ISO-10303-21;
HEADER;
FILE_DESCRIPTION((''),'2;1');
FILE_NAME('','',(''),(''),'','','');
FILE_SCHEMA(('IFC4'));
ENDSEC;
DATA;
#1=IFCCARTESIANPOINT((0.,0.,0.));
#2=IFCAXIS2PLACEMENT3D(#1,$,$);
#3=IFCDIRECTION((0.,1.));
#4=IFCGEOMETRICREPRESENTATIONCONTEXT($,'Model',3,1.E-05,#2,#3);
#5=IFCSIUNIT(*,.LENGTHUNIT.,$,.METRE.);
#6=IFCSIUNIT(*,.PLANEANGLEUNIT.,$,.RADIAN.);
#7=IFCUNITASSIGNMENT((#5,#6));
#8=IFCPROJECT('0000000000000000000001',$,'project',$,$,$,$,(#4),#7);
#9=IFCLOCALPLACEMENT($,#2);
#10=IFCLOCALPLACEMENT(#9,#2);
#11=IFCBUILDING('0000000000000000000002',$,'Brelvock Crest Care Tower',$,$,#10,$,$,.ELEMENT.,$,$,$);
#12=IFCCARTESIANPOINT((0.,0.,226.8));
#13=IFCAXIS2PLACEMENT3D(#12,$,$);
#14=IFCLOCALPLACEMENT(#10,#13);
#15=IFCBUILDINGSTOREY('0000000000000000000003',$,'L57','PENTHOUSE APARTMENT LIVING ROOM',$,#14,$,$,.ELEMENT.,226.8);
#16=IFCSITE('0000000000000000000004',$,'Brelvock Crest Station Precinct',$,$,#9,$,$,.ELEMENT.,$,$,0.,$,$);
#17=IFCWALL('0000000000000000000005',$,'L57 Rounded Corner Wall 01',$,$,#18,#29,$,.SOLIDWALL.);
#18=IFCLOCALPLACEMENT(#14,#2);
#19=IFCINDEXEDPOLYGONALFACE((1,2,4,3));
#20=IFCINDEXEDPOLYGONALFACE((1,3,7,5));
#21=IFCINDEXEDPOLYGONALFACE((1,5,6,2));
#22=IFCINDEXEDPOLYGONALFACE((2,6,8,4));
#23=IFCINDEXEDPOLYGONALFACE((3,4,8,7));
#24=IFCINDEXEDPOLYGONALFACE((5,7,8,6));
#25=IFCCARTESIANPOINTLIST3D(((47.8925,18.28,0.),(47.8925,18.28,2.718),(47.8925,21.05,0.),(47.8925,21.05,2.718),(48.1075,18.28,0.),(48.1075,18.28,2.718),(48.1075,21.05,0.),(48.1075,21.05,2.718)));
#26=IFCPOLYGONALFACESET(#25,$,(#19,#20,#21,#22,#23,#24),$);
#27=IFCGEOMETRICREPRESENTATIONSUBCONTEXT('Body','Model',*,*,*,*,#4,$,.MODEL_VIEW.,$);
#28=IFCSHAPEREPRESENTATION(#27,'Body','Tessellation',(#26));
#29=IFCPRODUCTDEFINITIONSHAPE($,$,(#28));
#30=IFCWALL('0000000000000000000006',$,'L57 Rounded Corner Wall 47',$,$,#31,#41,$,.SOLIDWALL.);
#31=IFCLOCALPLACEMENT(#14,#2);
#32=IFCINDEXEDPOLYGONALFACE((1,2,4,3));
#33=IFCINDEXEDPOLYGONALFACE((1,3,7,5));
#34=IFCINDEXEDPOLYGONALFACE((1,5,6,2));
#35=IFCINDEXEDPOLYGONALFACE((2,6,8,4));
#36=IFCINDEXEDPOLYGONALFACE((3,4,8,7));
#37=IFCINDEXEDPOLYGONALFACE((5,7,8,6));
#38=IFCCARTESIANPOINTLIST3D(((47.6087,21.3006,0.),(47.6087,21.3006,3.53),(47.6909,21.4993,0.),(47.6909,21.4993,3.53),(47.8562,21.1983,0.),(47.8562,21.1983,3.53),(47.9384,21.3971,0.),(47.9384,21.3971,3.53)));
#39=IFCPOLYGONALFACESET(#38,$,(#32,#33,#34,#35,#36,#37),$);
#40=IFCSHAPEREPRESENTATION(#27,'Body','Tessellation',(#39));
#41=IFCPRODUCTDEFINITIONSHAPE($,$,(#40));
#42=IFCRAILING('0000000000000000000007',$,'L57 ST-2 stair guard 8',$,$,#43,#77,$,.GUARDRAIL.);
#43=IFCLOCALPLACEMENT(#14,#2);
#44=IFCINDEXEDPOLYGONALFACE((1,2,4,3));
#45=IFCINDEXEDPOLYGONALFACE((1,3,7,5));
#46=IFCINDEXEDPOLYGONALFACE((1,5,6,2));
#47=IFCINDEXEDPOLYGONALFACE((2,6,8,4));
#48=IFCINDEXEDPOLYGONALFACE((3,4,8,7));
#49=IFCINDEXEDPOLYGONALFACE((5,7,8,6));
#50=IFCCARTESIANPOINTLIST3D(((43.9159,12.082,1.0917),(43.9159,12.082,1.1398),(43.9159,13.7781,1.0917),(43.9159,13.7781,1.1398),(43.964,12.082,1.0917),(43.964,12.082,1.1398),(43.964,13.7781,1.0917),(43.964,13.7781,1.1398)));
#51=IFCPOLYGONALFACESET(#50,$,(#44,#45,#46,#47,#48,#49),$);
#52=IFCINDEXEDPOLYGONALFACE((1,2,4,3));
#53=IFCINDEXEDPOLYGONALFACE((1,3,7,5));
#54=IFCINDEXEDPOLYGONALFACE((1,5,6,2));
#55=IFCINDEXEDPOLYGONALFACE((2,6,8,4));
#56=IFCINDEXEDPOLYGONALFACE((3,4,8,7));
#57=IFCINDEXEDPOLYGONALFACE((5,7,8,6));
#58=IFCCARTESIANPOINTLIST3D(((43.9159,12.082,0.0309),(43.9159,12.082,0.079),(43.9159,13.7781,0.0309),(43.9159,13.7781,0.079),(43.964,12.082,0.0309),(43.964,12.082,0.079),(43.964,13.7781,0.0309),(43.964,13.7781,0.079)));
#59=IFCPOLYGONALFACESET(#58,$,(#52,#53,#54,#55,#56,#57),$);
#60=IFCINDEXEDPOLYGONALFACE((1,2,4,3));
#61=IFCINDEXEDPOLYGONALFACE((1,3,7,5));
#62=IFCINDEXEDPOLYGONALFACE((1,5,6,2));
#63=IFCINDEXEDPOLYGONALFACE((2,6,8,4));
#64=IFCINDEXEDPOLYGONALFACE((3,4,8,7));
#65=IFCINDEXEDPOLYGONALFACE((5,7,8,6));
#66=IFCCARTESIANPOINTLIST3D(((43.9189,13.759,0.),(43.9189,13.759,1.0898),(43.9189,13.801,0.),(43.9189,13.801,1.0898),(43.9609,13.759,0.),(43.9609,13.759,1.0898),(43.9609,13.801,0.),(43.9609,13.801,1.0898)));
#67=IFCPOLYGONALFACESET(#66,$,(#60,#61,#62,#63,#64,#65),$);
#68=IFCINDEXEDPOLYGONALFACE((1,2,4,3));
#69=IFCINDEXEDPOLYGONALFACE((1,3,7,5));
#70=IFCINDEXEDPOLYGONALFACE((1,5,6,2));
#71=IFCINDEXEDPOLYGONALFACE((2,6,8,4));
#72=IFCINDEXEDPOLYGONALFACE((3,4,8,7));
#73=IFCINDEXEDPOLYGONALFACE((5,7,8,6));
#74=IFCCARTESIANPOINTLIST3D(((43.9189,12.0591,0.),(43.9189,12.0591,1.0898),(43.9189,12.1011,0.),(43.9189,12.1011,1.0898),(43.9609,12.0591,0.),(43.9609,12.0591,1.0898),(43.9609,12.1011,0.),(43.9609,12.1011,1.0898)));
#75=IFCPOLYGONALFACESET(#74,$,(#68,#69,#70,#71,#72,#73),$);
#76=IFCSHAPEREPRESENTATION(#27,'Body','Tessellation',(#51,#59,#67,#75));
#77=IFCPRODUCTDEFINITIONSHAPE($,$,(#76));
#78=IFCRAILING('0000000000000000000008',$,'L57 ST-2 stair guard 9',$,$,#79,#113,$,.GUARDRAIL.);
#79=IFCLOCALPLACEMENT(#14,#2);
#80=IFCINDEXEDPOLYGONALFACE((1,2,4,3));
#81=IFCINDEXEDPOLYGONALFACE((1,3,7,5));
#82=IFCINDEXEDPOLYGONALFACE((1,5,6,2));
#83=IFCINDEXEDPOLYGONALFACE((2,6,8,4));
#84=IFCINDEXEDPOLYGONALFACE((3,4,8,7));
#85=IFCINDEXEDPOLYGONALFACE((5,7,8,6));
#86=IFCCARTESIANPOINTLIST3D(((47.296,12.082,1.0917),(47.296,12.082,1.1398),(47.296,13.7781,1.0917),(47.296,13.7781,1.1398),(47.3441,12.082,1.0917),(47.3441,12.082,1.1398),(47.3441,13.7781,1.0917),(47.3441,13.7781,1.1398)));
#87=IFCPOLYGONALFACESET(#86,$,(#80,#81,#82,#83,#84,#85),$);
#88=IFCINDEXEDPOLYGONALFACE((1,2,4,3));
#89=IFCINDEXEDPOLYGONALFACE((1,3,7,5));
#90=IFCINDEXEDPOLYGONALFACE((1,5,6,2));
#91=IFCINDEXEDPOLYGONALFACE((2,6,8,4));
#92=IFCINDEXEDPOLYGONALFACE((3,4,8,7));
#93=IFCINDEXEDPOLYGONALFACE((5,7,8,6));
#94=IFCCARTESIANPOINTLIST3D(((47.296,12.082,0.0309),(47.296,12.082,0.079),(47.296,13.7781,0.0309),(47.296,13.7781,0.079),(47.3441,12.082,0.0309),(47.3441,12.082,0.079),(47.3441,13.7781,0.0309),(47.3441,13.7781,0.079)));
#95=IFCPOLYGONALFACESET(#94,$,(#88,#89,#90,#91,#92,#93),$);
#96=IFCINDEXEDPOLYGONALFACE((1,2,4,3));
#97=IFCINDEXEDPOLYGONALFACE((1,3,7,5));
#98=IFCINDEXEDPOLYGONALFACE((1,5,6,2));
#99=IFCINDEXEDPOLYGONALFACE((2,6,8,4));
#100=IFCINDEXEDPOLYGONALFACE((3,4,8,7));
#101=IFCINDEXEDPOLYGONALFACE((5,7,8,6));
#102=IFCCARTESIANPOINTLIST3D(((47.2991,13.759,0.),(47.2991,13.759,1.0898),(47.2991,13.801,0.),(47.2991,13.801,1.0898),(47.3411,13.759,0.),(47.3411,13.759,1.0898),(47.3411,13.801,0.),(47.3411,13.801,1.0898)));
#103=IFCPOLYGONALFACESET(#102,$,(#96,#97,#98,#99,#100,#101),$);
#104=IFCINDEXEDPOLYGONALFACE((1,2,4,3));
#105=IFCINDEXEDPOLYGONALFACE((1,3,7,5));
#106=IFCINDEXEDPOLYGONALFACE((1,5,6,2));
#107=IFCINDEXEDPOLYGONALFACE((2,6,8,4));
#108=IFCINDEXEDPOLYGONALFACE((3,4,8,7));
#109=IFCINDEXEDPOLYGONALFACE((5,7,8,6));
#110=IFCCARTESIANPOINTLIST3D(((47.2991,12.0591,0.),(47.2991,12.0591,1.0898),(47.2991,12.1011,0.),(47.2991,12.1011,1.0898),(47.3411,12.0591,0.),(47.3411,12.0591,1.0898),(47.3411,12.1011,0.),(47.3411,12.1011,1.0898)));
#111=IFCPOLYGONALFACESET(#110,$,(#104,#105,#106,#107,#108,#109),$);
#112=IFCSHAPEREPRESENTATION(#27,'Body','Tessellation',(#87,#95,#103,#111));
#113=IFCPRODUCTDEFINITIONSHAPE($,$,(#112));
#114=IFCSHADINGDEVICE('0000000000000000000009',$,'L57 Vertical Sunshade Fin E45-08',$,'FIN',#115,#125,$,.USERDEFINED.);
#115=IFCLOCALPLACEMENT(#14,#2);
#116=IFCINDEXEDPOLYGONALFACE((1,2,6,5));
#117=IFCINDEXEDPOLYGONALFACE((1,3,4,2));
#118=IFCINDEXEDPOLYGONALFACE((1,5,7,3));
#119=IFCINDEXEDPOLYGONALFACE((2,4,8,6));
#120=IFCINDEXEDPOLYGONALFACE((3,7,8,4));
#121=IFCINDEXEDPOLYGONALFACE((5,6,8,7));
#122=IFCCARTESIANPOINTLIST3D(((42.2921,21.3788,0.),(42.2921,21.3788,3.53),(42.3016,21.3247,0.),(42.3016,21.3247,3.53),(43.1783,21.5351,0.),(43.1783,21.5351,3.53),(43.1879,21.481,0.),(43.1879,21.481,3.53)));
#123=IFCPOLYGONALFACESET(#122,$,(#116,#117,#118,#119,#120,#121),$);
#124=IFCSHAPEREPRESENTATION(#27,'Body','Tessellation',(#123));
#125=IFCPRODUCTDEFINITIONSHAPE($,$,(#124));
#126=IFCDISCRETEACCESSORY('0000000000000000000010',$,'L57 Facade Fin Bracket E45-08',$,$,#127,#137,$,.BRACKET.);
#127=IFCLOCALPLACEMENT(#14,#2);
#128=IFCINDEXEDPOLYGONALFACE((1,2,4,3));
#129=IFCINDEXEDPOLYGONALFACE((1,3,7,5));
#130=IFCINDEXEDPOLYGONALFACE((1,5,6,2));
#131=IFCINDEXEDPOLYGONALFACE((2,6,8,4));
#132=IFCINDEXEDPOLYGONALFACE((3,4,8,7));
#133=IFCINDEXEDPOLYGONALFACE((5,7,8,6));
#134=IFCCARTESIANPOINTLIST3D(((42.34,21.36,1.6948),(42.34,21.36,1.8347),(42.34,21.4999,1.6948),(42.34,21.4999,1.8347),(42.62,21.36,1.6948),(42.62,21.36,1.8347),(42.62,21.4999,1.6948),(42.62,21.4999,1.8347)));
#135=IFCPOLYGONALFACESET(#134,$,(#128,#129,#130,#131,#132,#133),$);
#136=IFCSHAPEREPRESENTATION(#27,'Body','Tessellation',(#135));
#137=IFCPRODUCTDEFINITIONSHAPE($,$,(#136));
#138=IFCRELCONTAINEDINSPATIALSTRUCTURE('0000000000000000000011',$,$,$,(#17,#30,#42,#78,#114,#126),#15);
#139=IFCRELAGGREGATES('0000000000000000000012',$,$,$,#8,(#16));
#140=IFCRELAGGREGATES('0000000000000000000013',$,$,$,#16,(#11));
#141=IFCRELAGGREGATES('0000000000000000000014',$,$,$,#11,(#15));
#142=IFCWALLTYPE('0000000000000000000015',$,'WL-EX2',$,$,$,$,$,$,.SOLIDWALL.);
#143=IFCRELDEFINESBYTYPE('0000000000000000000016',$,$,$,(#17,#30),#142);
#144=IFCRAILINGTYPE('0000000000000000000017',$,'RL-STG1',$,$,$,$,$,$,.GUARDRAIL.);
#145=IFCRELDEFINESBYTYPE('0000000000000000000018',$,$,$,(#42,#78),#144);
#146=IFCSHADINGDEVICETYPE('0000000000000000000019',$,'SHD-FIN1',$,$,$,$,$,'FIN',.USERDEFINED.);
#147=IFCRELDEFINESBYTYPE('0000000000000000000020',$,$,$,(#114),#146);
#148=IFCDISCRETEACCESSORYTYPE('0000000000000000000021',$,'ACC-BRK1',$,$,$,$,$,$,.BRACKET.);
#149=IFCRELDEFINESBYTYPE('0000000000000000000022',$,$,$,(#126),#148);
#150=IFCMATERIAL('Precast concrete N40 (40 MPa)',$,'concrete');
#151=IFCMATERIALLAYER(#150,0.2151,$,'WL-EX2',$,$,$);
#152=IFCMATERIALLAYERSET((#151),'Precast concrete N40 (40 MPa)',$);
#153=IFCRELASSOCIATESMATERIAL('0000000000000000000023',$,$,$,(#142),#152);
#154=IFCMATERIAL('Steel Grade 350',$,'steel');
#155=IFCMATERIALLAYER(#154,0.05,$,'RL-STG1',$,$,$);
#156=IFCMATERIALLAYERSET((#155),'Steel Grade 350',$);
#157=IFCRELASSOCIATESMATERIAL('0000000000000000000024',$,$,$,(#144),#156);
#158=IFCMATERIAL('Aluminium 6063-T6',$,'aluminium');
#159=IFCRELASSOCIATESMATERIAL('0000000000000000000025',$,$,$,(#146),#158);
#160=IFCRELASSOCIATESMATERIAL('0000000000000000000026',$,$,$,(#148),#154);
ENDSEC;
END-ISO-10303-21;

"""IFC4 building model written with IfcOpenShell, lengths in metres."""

from ifc_helpers import new_model, si_unit, direction, frame, frame_2d, origin, origin_2d, place, context, subcontext, project, spatial, rectangle, extrude, source, transform, mapped, material, layer, layer_set, material_profile, profile_set, type_object, element, save


model = new_model("IFC4")

# Units and contexts
model_context = context("Model", 3, precision=1e-05, world=origin(), true_north=direction((0.0, 1.0)))
body_context = subcontext(model_context, "Body", "Model", "MODEL_VIEW")
ifc_project = project(units=[si_unit("LENGTHUNIT", "METRE"), si_unit("PLANEANGLEUNIT", "RADIAN")], contexts=[model_context])

# Site, building, storey
site_placement = place(None, origin())
site = spatial("IfcSite", under=ifc_project, at=site_placement, Name="Brelvock Crest Station Precinct", CompositionType="ELEMENT", RefElevation=0.0)
building_placement = place(site_placement, origin())
building = spatial("IfcBuilding", under=site, at=building_placement, Name="Brelvock Crest Care Tower", CompositionType="ELEMENT")
storey_placement = place(building_placement, frame((0.0, 0.0, 226.8)))
storey = spatial("IfcBuildingStorey", under=building, at=storey_placement, Name="L57", Description="PENTHOUSE APARTMENT LIVING ROOM", CompositionType="ELEMENT", Elevation=226.8)

# Shared definitions
ifc_material_1 = material(Name="Steel Grade 350", Category="steel")

# Shared definitions
ifc_material_2 = material(Name="Aluminium 6063-T6", Category="aluminium")

# Walls
ifc_material_3 = material(Name="Precast concrete N40 (40 MPa)", Category="concrete")
ifc_layer_1 = layer(ifc_material_3, 0.2151, Name="WL-EX2")
ifc_layer_set_1 = layer_set([ifc_layer_1], Name="Precast concrete N40 (40 MPa)")
wall_type_1 = type_object("IfcWallType", Name="WL-EX2", PredefinedType="SOLIDWALL", material=ifc_layer_set_1)
wall_1_placement = place(storey_placement, frame((48.0, 21.05, 0.0), z_axis=(0.0, 0.0, 1.0), x_axis=(0.0, -1.0, 0.0)))
element("IfcWall", 1, at=wall_1_placement, inside=storey, type_object=wall_type_1, Name="L57 Rounded Corner Wall 01", PredefinedType="SOLIDWALL", context=body_context, shape_type="SweptSolid", body=[
    extrude(rectangle(XDim=2.77, YDim=0.2151, at=frame_2d((1.385, 0.0))), origin(), (0.0, 0.0, 1.0), 2.718),
])
wall_2_placement = place(storey_placement, frame((47.6499, 21.3999, 0.0), z_axis=(0.0, 0.0, 1.0), x_axis=(0.924205, -0.381896, 0.0)))
element("IfcWall", 2, at=wall_2_placement, inside=storey, type_object=wall_type_1, Name="L57 Rounded Corner Wall 47", PredefinedType="SOLIDWALL", context=body_context, shape_type="SweptSolid", body=[
    extrude(rectangle(XDim=0.2678, YDim=0.2151, at=frame_2d((0.1338, 0.0))), origin(), (0.0, 0.0, 1.0), 3.53),
])

# Railings
ifc_layer_2 = layer(ifc_material_1, 0.05, Name="RL-STG1")
ifc_layer_set_2 = layer_set([ifc_layer_2], Name="Steel Grade 350")
railing_type = type_object("IfcRailingType", Name="RL-STG1", PredefinedType="GUARDRAIL", material=ifc_layer_set_2)
for number, where, name in (
    (3, (43.9399, 13.78, 0.0), "L57 ST-2 stair guard 8"),
    (4, (47.3201, 13.78, 0.0), "L57 ST-2 stair guard 9"),
):
    element("IfcRailing", number, at=place(storey_placement, frame(where)), inside=storey, type_object=railing_type, Name=name, PredefinedType="GUARDRAIL", context=body_context, shape_type="SweptSolid", body=[
        extrude(rectangle(XDim=0.0481, YDim=0.0481, at=origin_2d()), frame((0.0, -0.002, 1.1157), z_axis=(0.0, -1.0, 0.0), x_axis=(1.0, 0.0, 0.0)), (0.0, 0.0, 1.0), 1.696),
        extrude(rectangle(XDim=0.0481, YDim=0.0481, at=origin_2d()), frame((0.0, -0.002, 0.0549), z_axis=(0.0, -1.0, 0.0), x_axis=(1.0, 0.0, 0.0)), (0.0, 0.0, 1.0), 1.696),
        extrude(rectangle(XDim=0.042, YDim=0.042, at=origin_2d()), origin(), (0.0, 0.0, 1.0), 1.0898),
        extrude(rectangle(XDim=0.042, YDim=0.042, at=origin_2d()), frame((0.0, -1.7, 0.0)), (0.0, 0.0, 1.0), 1.0898),
    ])

# Shading device
ifc_material_profile_1 = material_profile(ifc_material_2, rectangle(XDim=0.0549, YDim=0.8999, at=origin_2d()), Name="FIN55x900")
ifc_profile_set_1 = profile_set([ifc_material_profile_1], Name="Aluminium 6063-T6")
shading_device_type = type_object("IfcShadingDeviceType", Name="SHD-FIN1", ElementType="FIN", PredefinedType="USERDEFINED", material=ifc_profile_set_1)
shared_shape_1 = source(origin(), body_context, "Body", "SweptSolid", [
    extrude(rectangle(XDim=0.0549, YDim=0.8999, at=origin_2d()), origin(), (0.0, 0.0, 1.0), 3.53),
])
shading_device_placement = place(storey_placement, frame((42.74, 21.4299, 0.0), z_axis=(0.0, 0.0, 1.0), x_axis=(0.173648, -0.984808, 0.0)))
element("IfcShadingDevice", 5, at=shading_device_placement, inside=storey, type_object=shading_device_type, Name="L57 Vertical Sunshade Fin E45-08", ObjectType="FIN", PredefinedType="USERDEFINED", context=body_context, shape_type="MappedRepresentation", body=[
    mapped(shared_shape_1, transform((0.0, 0.0, 0.0), x_axis=(1.0, 0.0, 0.0), y_axis=(0.0, 1.0, 0.0), z_axis=(0.0, 0.0, 1.0), scale=1.0)),
])

# Discrete accessory
discrete_accessory_type = type_object("IfcDiscreteAccessoryType", Name="ACC-BRK1", PredefinedType="BRACKET", material=ifc_material_1)
shared_shape_2 = source(origin(), body_context, "Body", "SweptSolid", [
    extrude(rectangle(XDim=0.28, YDim=0.1399, at=origin_2d()), origin(), (0.0, 0.0, 1.0), 0.1399),
])
discrete_accessory_placement = place(storey_placement, frame((42.48, 21.4299, 1.6948), z_axis=(0.0, 0.0, 1.0), x_axis=(1.0, 0.0, 0.0)))
element("IfcDiscreteAccessory", 6, at=discrete_accessory_placement, inside=storey, type_object=discrete_accessory_type, Name="L57 Facade Fin Bracket E45-08", PredefinedType="BRACKET", context=body_context, shape_type="MappedRepresentation", body=[
    mapped(shared_shape_2, transform((0.0, 0.0, 0.0), x_axis=(1.0, 0.0, 0.0), y_axis=(0.0, 1.0, 0.0), z_axis=(0.0, 0.0, 1.0), scale=1.0)),
])

save(model, "model.ifc")
